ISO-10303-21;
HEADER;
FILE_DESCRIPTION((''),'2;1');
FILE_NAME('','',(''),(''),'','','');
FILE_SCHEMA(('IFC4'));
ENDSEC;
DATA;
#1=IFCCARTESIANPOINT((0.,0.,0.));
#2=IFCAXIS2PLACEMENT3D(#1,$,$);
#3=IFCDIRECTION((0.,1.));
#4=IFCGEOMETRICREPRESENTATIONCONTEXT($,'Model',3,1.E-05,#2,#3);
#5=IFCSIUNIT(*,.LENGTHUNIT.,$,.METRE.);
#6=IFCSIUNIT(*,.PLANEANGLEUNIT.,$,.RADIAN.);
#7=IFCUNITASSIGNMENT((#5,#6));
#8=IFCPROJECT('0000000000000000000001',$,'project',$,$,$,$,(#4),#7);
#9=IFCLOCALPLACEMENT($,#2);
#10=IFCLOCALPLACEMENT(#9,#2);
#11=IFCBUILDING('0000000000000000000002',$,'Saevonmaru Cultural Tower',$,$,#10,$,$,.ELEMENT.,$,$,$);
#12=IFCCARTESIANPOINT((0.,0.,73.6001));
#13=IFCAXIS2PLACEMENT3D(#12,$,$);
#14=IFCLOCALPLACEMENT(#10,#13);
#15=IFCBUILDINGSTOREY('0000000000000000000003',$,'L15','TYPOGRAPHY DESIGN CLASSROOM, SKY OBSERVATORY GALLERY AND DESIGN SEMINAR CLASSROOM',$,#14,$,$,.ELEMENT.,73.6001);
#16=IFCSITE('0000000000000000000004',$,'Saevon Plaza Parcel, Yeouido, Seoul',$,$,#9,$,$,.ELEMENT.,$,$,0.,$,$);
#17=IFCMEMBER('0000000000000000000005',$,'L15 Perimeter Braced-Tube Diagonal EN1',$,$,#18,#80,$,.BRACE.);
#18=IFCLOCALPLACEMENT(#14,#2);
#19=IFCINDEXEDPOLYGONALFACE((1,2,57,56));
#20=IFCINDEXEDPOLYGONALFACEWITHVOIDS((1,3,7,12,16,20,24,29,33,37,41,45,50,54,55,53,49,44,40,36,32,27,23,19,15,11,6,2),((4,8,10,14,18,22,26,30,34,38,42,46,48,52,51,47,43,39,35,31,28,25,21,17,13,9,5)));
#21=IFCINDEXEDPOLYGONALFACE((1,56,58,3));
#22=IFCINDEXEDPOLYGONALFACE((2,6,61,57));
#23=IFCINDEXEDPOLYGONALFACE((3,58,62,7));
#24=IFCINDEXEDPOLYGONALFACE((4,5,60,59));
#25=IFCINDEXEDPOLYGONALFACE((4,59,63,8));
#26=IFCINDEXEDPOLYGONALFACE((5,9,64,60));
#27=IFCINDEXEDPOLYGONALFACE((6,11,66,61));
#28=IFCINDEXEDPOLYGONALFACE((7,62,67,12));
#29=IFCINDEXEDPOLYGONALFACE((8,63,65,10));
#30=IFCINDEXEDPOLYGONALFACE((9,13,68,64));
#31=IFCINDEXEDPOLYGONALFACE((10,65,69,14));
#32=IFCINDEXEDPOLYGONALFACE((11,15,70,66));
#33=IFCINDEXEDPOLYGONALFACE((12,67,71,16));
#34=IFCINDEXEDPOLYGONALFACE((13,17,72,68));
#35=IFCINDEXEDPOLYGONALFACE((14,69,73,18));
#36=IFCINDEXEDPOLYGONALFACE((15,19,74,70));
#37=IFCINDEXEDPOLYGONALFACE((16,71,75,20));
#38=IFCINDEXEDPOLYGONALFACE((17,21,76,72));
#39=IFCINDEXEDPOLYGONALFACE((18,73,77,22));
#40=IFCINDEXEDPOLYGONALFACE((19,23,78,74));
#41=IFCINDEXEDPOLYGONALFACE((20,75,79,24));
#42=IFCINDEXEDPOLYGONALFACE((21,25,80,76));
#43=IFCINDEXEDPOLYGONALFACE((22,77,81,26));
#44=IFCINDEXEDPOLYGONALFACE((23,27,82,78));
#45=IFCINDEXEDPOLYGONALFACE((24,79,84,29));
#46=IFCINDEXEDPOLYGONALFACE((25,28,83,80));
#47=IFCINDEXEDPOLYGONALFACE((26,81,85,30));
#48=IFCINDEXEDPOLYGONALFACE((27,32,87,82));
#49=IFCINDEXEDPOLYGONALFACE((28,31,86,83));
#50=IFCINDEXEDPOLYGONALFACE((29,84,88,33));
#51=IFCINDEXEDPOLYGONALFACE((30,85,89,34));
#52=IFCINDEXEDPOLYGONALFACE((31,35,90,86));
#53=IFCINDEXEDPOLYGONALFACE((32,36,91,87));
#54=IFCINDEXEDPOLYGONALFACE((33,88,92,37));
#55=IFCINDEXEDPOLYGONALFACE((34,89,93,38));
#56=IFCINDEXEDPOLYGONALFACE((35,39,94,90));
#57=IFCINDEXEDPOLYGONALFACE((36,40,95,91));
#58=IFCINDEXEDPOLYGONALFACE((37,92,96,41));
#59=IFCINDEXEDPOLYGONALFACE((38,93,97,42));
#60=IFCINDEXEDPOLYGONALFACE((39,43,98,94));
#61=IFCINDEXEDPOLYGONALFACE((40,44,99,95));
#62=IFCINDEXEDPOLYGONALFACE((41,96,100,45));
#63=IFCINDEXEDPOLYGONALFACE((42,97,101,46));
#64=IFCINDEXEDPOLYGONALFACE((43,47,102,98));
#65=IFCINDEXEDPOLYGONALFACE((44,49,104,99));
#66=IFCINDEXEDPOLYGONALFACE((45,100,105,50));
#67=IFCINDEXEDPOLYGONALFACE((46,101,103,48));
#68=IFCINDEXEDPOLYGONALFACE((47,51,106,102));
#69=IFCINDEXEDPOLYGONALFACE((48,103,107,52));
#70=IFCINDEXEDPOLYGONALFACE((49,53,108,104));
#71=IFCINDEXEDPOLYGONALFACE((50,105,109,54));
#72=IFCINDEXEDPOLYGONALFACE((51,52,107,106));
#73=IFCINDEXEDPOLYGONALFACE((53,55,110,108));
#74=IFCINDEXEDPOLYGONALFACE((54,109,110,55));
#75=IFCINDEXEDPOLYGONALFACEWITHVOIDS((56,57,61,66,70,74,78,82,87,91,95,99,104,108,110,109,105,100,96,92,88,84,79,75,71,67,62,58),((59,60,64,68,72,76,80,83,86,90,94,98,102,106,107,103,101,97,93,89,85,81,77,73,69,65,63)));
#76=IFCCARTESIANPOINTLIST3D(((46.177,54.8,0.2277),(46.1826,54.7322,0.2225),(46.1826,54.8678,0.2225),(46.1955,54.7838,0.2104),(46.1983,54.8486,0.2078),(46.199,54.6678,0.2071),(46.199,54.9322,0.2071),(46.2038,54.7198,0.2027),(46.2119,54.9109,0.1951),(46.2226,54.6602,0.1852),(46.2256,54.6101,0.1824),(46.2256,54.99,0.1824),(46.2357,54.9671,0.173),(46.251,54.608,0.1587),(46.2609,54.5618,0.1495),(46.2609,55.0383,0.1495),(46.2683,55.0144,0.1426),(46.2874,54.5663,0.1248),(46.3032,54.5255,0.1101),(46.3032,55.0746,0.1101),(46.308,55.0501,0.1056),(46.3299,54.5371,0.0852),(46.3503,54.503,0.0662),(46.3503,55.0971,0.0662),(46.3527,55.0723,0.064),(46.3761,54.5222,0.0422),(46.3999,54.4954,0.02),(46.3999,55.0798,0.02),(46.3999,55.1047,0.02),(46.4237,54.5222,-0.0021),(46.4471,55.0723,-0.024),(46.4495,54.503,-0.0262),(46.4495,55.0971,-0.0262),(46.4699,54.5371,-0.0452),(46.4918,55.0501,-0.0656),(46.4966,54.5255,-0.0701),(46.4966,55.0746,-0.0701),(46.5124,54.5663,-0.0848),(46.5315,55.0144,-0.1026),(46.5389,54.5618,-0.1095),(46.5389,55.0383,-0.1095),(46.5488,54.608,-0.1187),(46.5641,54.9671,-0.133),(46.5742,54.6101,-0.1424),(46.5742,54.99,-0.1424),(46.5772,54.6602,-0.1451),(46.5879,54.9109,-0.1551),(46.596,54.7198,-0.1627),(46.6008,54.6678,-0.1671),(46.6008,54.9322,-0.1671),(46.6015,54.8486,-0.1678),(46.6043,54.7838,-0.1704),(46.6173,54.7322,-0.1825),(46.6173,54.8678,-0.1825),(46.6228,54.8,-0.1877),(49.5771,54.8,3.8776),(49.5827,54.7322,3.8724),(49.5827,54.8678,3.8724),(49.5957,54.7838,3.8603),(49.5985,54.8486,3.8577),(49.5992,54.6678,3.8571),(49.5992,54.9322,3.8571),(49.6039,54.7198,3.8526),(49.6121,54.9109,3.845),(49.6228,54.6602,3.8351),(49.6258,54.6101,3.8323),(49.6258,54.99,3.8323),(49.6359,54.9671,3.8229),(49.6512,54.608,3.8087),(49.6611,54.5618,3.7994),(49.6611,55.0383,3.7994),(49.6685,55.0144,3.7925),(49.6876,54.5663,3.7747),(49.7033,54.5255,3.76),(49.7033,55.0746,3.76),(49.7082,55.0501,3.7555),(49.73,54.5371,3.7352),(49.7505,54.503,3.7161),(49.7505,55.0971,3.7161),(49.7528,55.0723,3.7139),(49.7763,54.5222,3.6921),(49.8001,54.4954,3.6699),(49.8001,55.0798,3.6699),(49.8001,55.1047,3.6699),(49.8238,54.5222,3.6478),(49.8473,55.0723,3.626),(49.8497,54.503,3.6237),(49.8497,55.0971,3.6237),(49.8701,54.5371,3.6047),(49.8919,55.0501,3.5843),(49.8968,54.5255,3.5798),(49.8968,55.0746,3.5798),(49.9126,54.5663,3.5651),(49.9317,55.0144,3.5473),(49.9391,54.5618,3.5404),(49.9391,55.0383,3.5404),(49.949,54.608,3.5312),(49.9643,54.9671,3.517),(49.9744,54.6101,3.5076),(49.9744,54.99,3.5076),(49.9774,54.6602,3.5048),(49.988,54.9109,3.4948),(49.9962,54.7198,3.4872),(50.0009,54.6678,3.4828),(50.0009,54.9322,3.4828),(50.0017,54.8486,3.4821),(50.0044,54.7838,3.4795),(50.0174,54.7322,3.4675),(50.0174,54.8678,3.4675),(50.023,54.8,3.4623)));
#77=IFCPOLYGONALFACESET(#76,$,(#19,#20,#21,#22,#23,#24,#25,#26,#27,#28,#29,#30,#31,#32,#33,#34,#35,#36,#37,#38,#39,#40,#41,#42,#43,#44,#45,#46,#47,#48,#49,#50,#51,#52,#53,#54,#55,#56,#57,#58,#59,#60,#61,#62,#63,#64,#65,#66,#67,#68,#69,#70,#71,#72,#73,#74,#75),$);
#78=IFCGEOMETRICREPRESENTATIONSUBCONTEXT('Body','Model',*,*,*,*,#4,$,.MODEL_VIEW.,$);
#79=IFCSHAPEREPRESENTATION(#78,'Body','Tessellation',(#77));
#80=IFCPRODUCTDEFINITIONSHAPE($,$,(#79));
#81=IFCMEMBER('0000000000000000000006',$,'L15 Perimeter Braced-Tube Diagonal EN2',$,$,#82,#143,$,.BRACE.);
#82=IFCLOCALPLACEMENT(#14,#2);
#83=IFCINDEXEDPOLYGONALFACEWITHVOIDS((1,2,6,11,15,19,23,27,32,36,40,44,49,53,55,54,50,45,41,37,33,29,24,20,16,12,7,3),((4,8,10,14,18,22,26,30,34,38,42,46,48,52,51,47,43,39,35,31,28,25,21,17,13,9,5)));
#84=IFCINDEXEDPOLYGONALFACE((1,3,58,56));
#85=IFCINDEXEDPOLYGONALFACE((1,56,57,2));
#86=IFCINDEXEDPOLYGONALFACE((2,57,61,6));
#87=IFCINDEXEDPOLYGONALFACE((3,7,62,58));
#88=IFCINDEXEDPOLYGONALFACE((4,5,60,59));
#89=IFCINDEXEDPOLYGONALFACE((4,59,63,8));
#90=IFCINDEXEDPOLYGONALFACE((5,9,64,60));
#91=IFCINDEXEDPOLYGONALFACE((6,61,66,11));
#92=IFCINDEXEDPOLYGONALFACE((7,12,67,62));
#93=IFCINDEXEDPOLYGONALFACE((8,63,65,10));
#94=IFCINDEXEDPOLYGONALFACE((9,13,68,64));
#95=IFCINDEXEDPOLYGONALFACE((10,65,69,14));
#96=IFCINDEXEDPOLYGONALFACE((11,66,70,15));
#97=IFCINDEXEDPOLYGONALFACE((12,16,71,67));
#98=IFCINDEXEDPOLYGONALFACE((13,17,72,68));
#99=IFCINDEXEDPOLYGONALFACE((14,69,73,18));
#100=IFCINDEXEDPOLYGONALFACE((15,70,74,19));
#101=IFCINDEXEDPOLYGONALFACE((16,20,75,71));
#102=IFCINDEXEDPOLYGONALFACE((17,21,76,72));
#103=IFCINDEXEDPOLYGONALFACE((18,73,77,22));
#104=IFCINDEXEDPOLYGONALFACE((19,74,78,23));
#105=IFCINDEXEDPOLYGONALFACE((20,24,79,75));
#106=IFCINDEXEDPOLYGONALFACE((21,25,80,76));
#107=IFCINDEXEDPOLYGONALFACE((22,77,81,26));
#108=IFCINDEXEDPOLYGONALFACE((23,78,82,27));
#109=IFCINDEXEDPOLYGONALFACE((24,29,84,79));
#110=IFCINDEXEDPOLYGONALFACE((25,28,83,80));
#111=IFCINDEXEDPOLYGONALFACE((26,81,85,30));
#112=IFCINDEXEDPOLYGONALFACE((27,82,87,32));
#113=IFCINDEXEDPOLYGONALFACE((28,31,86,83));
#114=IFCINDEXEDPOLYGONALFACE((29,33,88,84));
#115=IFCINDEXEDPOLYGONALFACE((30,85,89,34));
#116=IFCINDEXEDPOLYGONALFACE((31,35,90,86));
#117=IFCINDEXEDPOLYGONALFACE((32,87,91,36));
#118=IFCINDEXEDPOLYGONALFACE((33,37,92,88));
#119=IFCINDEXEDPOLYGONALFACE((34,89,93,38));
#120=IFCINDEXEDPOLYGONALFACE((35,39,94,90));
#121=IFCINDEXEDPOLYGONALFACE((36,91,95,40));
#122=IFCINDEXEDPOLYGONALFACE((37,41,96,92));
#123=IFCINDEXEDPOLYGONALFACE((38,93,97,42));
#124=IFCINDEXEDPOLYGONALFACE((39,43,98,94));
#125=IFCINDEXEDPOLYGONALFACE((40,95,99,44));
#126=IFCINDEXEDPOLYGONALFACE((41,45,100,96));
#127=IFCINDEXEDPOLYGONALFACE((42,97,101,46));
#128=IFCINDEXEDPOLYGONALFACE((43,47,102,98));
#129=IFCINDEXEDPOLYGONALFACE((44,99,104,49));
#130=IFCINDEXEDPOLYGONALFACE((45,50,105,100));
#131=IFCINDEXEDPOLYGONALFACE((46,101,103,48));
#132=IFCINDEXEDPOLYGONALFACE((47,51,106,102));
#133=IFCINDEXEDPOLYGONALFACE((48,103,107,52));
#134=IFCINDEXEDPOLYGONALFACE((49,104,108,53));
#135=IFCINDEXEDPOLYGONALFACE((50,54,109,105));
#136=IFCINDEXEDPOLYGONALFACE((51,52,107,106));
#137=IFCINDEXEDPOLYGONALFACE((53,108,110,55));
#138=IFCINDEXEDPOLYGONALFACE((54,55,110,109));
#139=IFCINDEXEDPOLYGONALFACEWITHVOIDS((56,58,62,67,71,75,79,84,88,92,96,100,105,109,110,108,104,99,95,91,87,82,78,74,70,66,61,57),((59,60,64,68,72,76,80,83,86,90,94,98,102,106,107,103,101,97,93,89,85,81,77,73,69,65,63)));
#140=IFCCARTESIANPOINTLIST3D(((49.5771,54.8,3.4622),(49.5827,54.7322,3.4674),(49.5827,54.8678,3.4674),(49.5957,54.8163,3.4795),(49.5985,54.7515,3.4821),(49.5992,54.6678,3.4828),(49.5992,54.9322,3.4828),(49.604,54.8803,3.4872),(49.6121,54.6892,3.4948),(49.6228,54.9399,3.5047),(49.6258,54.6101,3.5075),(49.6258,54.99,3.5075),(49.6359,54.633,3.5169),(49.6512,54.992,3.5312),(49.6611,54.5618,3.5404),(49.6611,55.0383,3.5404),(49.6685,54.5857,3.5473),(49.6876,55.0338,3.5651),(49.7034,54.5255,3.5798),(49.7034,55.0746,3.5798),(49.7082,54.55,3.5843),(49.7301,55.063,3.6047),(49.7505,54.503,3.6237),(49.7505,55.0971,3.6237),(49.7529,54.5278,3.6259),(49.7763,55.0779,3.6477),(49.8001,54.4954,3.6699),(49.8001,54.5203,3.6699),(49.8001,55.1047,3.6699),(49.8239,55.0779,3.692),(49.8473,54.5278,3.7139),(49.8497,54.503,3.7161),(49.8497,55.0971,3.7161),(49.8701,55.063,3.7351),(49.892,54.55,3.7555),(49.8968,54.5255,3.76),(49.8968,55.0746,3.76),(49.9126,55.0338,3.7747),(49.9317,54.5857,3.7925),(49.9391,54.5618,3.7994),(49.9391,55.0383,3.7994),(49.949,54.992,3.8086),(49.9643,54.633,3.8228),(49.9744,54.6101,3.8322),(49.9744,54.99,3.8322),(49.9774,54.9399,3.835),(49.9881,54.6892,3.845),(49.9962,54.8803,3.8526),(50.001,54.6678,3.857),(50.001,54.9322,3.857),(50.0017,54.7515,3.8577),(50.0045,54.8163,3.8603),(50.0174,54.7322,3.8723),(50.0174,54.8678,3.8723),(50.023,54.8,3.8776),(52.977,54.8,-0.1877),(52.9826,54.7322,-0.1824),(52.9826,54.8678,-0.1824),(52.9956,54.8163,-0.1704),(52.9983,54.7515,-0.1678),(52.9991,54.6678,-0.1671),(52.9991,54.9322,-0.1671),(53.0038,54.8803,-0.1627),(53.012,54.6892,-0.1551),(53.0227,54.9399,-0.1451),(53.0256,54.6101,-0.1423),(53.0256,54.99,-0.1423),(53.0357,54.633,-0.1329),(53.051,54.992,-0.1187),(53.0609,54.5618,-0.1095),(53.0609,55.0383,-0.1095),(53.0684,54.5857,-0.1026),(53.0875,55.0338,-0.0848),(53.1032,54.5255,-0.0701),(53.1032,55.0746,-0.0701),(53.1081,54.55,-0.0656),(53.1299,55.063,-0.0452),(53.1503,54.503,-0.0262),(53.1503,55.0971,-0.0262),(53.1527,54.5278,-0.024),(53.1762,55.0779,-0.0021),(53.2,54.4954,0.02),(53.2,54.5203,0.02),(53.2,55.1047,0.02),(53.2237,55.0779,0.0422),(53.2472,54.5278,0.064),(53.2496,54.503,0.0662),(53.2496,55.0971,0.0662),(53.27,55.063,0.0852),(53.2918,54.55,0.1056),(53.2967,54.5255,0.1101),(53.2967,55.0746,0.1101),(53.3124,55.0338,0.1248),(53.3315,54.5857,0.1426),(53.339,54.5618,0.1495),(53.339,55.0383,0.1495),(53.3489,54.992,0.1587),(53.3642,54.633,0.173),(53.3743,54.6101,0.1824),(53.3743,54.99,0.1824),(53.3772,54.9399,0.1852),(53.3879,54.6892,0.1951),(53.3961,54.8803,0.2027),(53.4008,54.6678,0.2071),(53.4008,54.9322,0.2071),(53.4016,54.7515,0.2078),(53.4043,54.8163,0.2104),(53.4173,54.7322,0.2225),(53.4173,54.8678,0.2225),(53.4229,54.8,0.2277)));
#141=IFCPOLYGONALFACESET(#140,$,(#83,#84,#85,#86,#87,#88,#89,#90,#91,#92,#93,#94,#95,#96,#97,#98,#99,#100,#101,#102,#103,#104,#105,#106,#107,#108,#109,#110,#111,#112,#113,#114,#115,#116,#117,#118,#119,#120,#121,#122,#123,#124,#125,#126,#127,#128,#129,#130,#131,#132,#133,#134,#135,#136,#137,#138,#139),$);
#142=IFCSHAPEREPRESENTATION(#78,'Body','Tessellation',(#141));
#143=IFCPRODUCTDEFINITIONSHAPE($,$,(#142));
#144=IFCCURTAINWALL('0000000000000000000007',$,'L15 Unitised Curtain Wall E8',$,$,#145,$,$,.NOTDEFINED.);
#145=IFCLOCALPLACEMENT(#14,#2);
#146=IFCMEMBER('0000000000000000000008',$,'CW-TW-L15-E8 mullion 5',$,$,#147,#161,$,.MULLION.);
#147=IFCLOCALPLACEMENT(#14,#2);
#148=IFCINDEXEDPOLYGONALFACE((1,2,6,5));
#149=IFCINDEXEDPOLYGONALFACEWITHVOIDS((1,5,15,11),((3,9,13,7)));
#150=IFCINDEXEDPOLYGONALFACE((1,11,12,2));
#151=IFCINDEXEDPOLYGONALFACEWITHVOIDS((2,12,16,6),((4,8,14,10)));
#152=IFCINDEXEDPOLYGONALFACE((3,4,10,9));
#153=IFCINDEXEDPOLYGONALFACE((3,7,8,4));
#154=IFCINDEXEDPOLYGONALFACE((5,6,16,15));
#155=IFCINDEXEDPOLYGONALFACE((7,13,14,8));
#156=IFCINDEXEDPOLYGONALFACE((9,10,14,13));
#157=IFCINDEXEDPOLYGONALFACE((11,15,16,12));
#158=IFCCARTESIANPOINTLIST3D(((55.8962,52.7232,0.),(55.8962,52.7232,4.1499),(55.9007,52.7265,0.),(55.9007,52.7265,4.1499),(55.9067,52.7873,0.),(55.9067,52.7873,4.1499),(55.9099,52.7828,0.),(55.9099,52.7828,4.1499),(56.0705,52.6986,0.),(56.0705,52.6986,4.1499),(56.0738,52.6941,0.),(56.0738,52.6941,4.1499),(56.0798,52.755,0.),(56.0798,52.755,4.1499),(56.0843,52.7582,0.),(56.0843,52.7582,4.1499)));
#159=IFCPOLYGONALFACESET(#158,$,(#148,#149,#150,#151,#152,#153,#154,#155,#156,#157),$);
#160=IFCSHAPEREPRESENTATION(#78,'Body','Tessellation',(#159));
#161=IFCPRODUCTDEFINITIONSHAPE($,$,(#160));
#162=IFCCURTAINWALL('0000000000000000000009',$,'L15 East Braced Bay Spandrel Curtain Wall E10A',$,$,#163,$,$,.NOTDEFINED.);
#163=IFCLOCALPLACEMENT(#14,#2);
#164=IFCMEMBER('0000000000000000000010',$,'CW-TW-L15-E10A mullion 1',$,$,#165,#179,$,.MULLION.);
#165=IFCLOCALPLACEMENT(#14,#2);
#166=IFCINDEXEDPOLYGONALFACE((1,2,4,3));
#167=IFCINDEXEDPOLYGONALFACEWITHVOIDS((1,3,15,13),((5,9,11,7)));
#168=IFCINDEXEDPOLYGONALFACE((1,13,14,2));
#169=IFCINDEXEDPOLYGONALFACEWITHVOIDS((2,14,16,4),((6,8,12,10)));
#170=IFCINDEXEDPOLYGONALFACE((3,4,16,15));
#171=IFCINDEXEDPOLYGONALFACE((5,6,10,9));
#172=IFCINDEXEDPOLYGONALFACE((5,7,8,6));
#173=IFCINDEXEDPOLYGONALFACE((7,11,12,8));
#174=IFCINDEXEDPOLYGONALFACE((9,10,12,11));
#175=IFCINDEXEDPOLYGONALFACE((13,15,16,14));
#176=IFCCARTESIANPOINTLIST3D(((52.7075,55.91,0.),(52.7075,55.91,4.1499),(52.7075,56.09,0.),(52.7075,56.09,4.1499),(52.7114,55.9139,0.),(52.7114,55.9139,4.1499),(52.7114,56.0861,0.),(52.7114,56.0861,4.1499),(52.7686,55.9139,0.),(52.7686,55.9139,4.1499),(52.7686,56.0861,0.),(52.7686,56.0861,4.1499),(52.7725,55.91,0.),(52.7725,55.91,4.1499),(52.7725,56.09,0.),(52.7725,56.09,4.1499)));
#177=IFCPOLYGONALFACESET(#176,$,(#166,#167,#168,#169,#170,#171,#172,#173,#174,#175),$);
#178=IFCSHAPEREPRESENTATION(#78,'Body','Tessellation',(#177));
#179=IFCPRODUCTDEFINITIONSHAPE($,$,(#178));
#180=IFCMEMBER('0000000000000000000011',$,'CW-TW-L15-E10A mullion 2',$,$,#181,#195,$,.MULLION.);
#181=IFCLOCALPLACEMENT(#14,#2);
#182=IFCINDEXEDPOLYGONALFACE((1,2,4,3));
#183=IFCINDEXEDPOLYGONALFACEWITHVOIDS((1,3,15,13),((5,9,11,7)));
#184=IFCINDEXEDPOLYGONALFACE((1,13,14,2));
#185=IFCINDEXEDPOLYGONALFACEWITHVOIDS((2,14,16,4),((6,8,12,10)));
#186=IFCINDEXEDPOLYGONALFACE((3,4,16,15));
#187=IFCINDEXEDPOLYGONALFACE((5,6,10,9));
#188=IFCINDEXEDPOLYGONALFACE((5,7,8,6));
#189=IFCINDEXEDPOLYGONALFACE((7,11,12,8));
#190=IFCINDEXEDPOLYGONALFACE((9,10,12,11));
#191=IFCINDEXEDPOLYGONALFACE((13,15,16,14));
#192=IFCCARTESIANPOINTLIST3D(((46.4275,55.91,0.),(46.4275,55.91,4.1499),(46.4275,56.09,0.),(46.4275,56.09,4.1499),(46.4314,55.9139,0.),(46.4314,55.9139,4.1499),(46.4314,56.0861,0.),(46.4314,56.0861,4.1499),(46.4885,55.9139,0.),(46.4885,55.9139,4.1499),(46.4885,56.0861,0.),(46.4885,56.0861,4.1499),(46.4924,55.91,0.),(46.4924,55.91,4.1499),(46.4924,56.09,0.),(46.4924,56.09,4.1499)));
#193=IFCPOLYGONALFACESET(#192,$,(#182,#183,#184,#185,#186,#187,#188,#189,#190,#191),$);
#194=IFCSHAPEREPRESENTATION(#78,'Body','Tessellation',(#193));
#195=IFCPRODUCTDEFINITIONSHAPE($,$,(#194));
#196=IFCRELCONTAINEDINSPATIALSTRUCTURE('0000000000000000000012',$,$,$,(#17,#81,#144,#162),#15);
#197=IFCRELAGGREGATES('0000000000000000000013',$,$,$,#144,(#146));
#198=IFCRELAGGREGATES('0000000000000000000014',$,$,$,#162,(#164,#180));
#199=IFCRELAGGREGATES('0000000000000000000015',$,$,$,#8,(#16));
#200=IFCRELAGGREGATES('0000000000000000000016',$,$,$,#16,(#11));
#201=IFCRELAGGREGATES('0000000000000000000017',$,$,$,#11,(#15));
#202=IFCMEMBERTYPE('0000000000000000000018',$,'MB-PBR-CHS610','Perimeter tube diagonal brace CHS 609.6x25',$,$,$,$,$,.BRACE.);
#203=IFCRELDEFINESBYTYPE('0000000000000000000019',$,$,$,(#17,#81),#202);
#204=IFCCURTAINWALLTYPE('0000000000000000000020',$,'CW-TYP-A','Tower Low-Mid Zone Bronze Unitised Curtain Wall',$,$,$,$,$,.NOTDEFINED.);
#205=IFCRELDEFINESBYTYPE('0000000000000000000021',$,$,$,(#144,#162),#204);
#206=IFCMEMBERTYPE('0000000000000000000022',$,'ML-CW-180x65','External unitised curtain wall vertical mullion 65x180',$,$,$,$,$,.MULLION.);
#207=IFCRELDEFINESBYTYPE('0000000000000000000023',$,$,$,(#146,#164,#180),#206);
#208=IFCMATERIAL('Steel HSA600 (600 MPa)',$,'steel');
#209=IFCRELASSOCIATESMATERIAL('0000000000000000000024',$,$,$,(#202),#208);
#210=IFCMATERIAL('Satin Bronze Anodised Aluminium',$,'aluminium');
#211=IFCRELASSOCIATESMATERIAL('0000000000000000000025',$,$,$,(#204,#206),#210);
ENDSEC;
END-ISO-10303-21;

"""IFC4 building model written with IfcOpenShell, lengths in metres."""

from ifc_helpers import new_model, si_unit, direction, frame, origin, origin_2d, place, context, subcontext, project, spatial, hollow_rectangle, hollow_circle, extrude, material, material_profile, profile_set, type_object, element, aggregate, save


model = new_model("IFC4")

# Units and contexts
model_context = context("Model", 3, precision=1e-05, world=origin(), true_north=direction((0.0, 1.0)))
body_context = subcontext(model_context, "Body", "Model", "MODEL_VIEW")
ifc_project = project(units=[si_unit("LENGTHUNIT", "METRE"), si_unit("PLANEANGLEUNIT", "RADIAN")], contexts=[model_context])

# Site, building, storey
site_placement = place(None, origin())
site = spatial("IfcSite", under=ifc_project, at=site_placement, Name="Saevon Plaza Parcel, Yeouido, Seoul", CompositionType="ELEMENT", RefElevation=0.0)
building_placement = place(site_placement, origin())
building = spatial("IfcBuilding", under=site, at=building_placement, Name="Saevonmaru Cultural Tower", CompositionType="ELEMENT")
storey_placement = place(building_placement, frame((0.0, 0.0, 73.6001)))
storey = spatial("IfcBuildingStorey", under=building, at=storey_placement, Name="L15", Description="TYPOGRAPHY DESIGN CLASSROOM, SKY OBSERVATORY GALLERY AND DESIGN SEMINAR CLASSROOM", CompositionType="ELEMENT", Elevation=73.6001)

# Shared definitions
ifc_material_1 = material(Name="Steel HSA600 (600 MPa)", Category="steel")

# Members
ifc_material_profile_1 = material_profile(ifc_material_1, hollow_circle(Radius=0.3047, WallThickness=0.0249, at=origin_2d()), Name="CHS-609.6x25")
ifc_profile_set_1 = profile_set([ifc_material_profile_1], Name="Steel HSA600 (600 MPa)")
member_type_1 = type_object("IfcMemberType", Name="MB-PBR-CHS610", Description="Perimeter tube diagonal brace CHS 609.6x25", PredefinedType="BRACE", material=ifc_profile_set_1)
member_1_placement = place(storey_placement, frame((46.3999, 54.8, 0.02), z_axis=(0.681629, 0.0, 0.731698), x_axis=(0.0, 1.0, 0.0)))
element("IfcMember", 1, at=member_1_placement, inside=storey, type_object=member_type_1, Name="L15 Perimeter Braced-Tube Diagonal EN1", PredefinedType="BRACE", context=body_context, shape_type="SweptSolid", body=[
    extrude(hollow_circle(Radius=0.3047, WallThickness=0.0249, at=origin_2d()), origin(), (0.0, 0.0, 1.0), 4.9883),
])
member_2_placement = place(storey_placement, frame((53.2, 54.8, 0.02), z_axis=(-0.681603, 0.0, 0.731722), x_axis=(0.0, -1.0, 0.0)))
element("IfcMember", 2, at=member_2_placement, inside=storey, type_object=member_type_1, Name="L15 Perimeter Braced-Tube Diagonal EN2", PredefinedType="BRACE", context=body_context, shape_type="SweptSolid", body=[
    extrude(hollow_circle(Radius=0.3047, WallThickness=0.0249, at=origin_2d()), origin(), (0.0, 0.0, 1.0), 4.988),
])

# Curtain wall, member
ifc_material_2 = material(Name="Satin Bronze Anodised Aluminium", Category="aluminium")
curtain_wall_type = type_object("IfcCurtainWallType", Name="CW-TYP-A", Description="Tower Low-Mid Zone Bronze Unitised Curtain Wall", PredefinedType="NOTDEFINED", material=ifc_material_2)
curtain_wall_1_placement = place(storey_placement, origin())
curtain_wall_1 = element("IfcCurtainWall", 3, at=curtain_wall_1_placement, inside=storey, type_object=curtain_wall_type, Name="L15 Unitised Curtain Wall E8", PredefinedType="NOTDEFINED")
ifc_material_profile_2 = material_profile(ifc_material_2, hollow_rectangle(XDim=0.0649, YDim=0.1799, WallThickness=0.0039, at=origin_2d()), Name="ALU-MULL-180x65x4")
ifc_profile_set_2 = profile_set([ifc_material_profile_2], Name="Satin Bronze Anodised Aluminium")
member_type_2 = type_object("IfcMemberType", Name="ML-CW-180x65", Description="External unitised curtain wall vertical mullion 65x180", PredefinedType="MULLION", material=ifc_profile_set_2)
member_3_placement = place(storey_placement, frame((55.9902, 52.7407, 0.0), z_axis=(0.0, 0.0, 1.0), x_axis=(0.161709, 0.986839, 0.0)))
member_3 = element("IfcMember", 4, at=member_3_placement, type_object=member_type_2, Name="CW-TW-L15-E8 mullion 5", PredefinedType="MULLION", context=body_context, shape_type="SweptSolid", body=[
    extrude(hollow_rectangle(XDim=0.0649, YDim=0.1799, WallThickness=0.0039, at=origin_2d()), origin(), (0.0, 0.0, 1.0), 4.1499),
])
aggregate(curtain_wall_1, [member_3])

# Curtain wall, members
curtain_wall_2_placement = place(storey_placement, origin())
curtain_wall_2 = element("IfcCurtainWall", 5, at=curtain_wall_2_placement, inside=storey, type_object=curtain_wall_type, Name="L15 East Braced Bay Spandrel Curtain Wall E10A", PredefinedType="NOTDEFINED")
member_4_placement = place(storey_placement, frame((52.74, 56.0, 0.0), z_axis=(0.0, 0.0, 1.0), x_axis=(-1.0, 0.0, 0.0)))
member_4 = element("IfcMember", 6, at=member_4_placement, type_object=member_type_2, Name="CW-TW-L15-E10A mullion 1", PredefinedType="MULLION", context=body_context, shape_type="SweptSolid", body=[
    extrude(hollow_rectangle(XDim=0.0649, YDim=0.1799, WallThickness=0.0039, at=origin_2d()), origin(), (0.0, 0.0, 1.0), 4.1499),
])
member_5_placement = place(storey_placement, frame((46.46, 56.0, 0.0), z_axis=(0.0, 0.0, 1.0), x_axis=(-1.0, 0.0, 0.0)))
member_5 = element("IfcMember", 7, at=member_5_placement, type_object=member_type_2, Name="CW-TW-L15-E10A mullion 2", PredefinedType="MULLION", context=body_context, shape_type="SweptSolid", body=[
    extrude(hollow_rectangle(XDim=0.0649, YDim=0.1799, WallThickness=0.0039, at=origin_2d()), origin(), (0.0, 0.0, 1.0), 4.1499),
])

aggregate(curtain_wall_2, [member_4, member_5])

save(model, "model.ifc")
